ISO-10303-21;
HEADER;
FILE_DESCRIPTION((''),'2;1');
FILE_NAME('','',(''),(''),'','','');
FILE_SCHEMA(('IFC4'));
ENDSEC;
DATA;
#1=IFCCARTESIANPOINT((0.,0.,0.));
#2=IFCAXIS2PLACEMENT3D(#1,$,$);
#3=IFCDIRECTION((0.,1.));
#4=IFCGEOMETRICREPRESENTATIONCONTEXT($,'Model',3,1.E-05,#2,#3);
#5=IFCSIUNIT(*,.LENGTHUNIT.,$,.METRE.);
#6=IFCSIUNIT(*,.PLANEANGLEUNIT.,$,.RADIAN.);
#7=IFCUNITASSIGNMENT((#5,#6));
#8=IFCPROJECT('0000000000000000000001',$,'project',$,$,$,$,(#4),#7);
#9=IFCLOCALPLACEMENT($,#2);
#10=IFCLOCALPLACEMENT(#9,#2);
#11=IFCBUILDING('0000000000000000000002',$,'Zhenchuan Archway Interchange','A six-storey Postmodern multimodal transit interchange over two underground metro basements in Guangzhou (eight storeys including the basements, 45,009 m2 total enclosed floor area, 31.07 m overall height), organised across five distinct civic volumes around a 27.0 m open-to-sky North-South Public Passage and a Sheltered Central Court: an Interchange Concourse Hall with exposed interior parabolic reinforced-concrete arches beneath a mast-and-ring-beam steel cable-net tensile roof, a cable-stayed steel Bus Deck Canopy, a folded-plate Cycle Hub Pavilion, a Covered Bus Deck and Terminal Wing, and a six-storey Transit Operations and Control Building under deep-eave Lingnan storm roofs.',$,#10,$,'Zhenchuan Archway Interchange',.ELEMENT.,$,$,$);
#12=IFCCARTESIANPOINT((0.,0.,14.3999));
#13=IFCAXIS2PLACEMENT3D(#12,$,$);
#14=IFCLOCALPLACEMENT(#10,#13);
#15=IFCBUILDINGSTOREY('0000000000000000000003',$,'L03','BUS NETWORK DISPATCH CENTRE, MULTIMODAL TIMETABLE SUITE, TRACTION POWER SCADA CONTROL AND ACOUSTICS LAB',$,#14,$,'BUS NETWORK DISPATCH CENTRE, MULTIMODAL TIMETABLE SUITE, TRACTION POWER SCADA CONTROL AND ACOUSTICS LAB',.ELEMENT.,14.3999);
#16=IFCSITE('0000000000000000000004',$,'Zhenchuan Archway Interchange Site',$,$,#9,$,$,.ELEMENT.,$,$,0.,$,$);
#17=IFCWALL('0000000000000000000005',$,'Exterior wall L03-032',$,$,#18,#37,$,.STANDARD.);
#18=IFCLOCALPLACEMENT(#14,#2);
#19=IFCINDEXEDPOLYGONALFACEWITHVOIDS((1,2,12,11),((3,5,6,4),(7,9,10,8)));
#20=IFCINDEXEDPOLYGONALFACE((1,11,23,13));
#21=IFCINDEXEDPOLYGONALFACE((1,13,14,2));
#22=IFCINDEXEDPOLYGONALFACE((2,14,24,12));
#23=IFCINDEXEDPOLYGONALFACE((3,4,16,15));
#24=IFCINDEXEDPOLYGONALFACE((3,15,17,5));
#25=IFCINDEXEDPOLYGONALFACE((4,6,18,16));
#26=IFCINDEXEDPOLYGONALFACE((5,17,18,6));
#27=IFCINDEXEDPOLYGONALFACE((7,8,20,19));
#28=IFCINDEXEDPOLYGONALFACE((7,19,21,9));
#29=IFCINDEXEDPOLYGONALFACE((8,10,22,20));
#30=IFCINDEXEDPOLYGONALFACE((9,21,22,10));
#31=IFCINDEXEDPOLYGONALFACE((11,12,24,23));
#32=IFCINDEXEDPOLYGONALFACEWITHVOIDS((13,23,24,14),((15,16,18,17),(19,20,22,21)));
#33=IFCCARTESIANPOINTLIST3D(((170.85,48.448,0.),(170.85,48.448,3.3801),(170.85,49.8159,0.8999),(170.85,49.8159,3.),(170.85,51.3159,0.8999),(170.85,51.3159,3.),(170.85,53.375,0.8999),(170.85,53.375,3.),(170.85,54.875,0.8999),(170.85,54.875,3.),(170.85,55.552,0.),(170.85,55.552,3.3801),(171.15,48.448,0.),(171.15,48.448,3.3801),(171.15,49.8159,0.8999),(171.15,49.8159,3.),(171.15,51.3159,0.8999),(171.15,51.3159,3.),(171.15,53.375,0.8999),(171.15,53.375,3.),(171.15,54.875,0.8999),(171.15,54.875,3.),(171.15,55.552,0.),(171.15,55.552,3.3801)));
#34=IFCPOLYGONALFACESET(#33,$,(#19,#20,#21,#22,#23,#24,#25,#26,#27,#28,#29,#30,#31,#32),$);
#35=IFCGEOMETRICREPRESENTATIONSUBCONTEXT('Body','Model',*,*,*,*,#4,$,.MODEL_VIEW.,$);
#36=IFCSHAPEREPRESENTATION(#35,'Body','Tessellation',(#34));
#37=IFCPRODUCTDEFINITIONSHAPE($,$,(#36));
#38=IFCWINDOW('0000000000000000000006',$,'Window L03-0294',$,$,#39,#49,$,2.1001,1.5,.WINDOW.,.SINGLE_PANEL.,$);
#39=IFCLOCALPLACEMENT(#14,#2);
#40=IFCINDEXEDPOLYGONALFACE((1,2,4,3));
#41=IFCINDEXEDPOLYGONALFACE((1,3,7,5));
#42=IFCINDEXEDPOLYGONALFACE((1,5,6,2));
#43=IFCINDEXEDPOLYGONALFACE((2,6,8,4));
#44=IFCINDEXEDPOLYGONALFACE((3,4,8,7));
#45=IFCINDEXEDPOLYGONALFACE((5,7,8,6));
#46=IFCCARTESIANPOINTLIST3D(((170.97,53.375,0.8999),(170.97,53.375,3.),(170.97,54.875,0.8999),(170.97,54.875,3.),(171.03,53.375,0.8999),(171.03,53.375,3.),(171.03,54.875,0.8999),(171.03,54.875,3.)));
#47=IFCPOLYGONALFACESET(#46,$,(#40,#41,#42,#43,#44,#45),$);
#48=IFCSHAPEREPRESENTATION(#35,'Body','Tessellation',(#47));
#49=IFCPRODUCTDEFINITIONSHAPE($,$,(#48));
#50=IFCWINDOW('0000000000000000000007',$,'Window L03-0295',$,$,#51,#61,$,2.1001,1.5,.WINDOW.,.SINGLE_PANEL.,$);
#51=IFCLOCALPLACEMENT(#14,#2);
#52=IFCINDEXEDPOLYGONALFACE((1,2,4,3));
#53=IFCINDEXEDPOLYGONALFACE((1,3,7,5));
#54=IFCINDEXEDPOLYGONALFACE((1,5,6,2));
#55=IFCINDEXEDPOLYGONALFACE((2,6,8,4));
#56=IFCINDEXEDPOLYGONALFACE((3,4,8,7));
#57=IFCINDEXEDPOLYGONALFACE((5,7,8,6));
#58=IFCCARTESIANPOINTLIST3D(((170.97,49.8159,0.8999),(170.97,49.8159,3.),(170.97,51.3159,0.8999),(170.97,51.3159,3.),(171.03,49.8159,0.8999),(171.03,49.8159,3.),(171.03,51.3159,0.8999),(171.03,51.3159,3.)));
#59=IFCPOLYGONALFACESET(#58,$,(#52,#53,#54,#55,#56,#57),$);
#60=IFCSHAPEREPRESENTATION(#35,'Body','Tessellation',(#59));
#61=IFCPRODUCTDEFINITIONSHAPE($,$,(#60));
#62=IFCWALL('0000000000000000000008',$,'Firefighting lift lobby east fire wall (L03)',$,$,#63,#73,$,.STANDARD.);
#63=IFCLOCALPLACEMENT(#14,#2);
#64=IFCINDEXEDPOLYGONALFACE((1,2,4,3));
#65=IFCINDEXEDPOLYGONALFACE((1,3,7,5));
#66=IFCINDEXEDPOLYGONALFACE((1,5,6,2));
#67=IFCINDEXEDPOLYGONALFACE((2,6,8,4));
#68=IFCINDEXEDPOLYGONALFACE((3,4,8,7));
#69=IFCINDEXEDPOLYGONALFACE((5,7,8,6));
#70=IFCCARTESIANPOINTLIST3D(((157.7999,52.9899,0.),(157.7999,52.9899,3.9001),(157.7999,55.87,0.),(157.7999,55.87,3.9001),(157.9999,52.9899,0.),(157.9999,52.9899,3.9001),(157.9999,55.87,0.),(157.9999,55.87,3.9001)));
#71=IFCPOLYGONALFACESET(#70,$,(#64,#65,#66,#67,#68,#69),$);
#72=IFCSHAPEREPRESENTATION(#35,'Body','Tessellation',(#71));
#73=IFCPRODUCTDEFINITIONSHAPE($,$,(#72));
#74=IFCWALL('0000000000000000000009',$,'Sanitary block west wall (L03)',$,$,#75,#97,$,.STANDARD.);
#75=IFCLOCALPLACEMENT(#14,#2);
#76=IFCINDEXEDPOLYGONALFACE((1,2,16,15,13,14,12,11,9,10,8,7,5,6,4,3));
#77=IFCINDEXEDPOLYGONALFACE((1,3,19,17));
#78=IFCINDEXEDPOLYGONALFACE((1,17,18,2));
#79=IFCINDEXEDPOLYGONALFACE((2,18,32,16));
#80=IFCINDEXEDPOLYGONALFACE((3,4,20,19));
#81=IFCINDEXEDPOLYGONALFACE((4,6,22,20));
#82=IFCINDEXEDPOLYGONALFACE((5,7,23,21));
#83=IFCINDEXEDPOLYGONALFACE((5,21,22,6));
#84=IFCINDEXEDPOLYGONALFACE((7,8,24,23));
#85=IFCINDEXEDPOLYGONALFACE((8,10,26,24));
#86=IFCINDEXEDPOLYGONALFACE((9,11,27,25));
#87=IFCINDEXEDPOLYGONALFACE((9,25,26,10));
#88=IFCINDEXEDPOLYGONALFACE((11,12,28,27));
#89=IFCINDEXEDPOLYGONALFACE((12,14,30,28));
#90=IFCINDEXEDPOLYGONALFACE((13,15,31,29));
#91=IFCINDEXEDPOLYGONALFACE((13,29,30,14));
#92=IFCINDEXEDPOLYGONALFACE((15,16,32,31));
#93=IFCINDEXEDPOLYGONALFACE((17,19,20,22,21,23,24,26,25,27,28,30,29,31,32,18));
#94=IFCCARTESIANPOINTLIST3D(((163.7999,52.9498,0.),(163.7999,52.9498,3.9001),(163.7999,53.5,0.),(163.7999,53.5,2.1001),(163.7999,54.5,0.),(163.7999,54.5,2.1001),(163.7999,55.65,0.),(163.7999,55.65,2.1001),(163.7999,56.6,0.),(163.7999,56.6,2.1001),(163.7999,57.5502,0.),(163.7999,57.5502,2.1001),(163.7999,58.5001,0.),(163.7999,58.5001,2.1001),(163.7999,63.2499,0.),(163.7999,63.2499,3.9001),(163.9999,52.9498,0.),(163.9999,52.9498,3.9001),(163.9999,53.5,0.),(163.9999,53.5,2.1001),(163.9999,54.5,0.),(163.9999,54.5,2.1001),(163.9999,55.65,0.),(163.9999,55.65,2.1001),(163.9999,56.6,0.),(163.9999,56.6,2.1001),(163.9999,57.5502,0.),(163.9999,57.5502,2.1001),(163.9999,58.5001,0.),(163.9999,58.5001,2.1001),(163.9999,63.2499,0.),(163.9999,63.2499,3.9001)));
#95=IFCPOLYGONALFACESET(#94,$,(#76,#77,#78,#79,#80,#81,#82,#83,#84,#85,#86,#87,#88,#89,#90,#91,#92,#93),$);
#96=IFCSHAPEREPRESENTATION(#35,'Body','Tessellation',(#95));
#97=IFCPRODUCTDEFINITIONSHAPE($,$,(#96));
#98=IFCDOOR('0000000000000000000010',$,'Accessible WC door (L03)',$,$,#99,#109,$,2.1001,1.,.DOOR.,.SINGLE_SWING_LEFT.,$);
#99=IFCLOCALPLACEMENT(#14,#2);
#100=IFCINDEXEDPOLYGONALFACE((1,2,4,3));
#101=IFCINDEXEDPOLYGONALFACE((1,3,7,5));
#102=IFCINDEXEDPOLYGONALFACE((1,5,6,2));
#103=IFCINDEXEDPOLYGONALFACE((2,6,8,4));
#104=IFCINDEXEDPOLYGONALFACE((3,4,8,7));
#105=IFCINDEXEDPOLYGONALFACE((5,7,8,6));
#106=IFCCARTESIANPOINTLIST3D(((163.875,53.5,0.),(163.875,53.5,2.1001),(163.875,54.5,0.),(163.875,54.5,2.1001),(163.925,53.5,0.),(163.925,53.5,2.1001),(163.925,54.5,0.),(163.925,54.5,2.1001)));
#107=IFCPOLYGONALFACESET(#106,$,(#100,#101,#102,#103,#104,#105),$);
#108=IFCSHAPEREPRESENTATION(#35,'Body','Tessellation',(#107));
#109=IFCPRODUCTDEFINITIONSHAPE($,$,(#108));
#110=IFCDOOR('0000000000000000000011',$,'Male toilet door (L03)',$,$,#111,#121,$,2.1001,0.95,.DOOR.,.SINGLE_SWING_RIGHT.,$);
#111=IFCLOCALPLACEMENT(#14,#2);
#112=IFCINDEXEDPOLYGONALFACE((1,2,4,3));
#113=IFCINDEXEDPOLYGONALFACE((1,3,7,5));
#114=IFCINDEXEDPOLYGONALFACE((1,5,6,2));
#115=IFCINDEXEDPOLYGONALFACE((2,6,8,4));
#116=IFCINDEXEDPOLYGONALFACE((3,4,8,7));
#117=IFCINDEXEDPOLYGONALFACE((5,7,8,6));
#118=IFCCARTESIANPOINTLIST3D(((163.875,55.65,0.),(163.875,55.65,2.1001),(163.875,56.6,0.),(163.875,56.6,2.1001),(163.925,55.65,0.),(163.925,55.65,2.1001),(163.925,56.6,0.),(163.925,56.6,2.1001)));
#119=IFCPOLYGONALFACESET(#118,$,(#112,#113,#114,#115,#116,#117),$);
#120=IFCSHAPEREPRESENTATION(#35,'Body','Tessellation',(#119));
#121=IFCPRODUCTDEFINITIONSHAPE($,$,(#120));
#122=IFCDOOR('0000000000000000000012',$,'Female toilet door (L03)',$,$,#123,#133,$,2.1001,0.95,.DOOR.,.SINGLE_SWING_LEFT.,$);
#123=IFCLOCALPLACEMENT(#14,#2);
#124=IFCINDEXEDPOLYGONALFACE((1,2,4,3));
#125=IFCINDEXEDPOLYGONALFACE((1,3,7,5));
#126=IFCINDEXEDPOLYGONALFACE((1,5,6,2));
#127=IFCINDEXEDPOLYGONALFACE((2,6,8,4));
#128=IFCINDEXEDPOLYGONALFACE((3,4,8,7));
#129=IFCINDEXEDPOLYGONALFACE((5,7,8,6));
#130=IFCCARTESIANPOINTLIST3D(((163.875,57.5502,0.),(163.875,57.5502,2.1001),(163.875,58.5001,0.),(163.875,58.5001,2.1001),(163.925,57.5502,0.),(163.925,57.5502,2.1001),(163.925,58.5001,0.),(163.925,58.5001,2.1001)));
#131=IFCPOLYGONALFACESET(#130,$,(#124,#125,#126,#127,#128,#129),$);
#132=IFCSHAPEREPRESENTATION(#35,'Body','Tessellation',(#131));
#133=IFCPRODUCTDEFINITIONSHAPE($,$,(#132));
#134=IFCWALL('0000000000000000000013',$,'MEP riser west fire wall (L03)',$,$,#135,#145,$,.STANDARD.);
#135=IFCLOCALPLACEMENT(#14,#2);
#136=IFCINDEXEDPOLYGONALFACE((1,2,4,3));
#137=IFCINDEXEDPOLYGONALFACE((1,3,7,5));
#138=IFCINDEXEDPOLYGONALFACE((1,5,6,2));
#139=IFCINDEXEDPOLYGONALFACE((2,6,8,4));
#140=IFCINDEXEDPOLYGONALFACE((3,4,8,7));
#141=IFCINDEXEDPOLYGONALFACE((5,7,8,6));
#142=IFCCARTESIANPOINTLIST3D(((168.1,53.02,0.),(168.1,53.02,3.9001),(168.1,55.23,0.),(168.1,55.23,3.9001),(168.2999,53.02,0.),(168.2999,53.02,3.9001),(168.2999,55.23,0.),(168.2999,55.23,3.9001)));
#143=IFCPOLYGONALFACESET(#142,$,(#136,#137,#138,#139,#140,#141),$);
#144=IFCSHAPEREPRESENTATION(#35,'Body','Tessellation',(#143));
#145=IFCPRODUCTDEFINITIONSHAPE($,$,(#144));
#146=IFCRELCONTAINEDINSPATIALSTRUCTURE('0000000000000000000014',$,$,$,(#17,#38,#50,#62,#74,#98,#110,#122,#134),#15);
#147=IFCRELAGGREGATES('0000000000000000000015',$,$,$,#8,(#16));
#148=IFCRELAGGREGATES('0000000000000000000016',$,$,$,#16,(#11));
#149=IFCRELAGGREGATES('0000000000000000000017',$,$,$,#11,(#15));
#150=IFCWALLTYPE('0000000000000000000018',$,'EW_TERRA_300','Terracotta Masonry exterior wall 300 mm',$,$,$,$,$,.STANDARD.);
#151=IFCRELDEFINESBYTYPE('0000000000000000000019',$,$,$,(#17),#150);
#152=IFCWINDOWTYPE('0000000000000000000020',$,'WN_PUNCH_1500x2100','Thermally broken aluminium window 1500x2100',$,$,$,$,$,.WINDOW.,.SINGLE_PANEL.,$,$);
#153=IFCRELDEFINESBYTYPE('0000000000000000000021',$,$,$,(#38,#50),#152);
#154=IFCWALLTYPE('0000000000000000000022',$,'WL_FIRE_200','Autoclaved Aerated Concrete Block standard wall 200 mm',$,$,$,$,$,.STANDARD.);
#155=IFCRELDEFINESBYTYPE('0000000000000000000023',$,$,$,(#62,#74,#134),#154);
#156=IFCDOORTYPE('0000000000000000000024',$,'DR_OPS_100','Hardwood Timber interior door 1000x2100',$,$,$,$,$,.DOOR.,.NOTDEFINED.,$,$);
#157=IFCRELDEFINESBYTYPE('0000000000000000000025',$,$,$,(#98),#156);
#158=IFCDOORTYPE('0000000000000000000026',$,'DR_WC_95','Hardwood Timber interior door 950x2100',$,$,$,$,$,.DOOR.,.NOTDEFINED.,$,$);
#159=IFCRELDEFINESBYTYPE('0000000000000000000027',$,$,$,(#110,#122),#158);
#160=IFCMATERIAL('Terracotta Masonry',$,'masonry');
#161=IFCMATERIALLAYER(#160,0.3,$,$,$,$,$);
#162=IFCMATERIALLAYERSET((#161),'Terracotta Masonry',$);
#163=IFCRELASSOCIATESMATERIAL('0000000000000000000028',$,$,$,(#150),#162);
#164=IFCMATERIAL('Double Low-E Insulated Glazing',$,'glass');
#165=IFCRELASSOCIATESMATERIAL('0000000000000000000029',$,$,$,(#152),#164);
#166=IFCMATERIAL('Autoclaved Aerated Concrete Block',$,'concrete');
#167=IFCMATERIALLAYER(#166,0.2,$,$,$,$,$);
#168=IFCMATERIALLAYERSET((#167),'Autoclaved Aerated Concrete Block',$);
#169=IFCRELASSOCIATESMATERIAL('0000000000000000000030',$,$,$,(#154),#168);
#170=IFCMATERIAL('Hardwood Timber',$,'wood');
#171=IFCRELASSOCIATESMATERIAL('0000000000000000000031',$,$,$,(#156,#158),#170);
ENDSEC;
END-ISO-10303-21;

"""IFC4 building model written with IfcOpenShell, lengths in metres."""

from ifc_helpers import new_model, si_unit, direction, frame, frame_2d, origin, place, context, subcontext, project, spatial, rectangle, extrude, material, layer, layer_set, type_object, element, fill, save


model = new_model("IFC4")

# Units and contexts
model_context = context("Model", 3, precision=1e-05, world=origin(), true_north=direction((0.0, 1.0)))
body_context = subcontext(model_context, "Body", "Model", "MODEL_VIEW")
ifc_project = project(units=[si_unit("LENGTHUNIT", "METRE"), si_unit("PLANEANGLEUNIT", "RADIAN")], contexts=[model_context])

# Site, building, storey
site_placement = place(None, origin())
site = spatial("IfcSite", under=ifc_project, at=site_placement, Name="Zhenchuan Archway Interchange Site", CompositionType="ELEMENT", RefElevation=0.0)
building_placement = place(site_placement, origin())
building = spatial("IfcBuilding", under=site, at=building_placement, Name="Zhenchuan Archway Interchange", Description="A six-storey Postmodern multimodal transit interchange over two underground metro basements in Guangzhou (eight storeys including the basements, 45,009 m2 total enclosed floor area, 31.07 m overall height), organised across five distinct civic volumes around a 27.0 m open-to-sky North-South Public Passage and a Sheltered Central Court: an Interchange Concourse Hall with exposed interior parabolic reinforced-concrete arches beneath a mast-and-ring-beam steel cable-net tensile roof, a cable-stayed steel Bus Deck Canopy, a folded-plate Cycle Hub Pavilion, a Covered Bus Deck and Terminal Wing, and a six-storey Transit Operations and Control Building under deep-eave Lingnan storm roofs.", LongName="Zhenchuan Archway Interchange", CompositionType="ELEMENT")
storey_placement = place(building_placement, frame((0.0, 0.0, 14.3999)))
storey = spatial("IfcBuildingStorey", under=building, at=storey_placement, Name="L03", Description="BUS NETWORK DISPATCH CENTRE, MULTIMODAL TIMETABLE SUITE, TRACTION POWER SCADA CONTROL AND ACOUSTICS LAB", LongName="BUS NETWORK DISPATCH CENTRE, MULTIMODAL TIMETABLE SUITE, TRACTION POWER SCADA CONTROL AND ACOUSTICS LAB", CompositionType="ELEMENT", Elevation=14.3999)

# Wall, openings, windows
ifc_material_1 = material(Name="Terracotta Masonry", Category="masonry")
ifc_layer_1 = layer(ifc_material_1, 0.3)
ifc_layer_set_1 = layer_set([ifc_layer_1], Name="Terracotta Masonry")
wall_type_1 = type_object("IfcWallType", Name="EW_TERRA_300", Description="Terracotta Masonry exterior wall 300 mm", PredefinedType="STANDARD", material=ifc_layer_set_1)
wall_1_placement = place(storey_placement, frame((171.0, 55.552, 0.0), z_axis=(0.0, 0.0, 1.0), x_axis=(0.0, -1.0, 0.0)))
wall_1 = element("IfcWall", 1, at=wall_1_placement, inside=storey, type_object=wall_type_1, Name="Exterior wall L03-032", PredefinedType="STANDARD", context=body_context, shape_type="SweptSolid", body=[
    extrude(rectangle(XDim=7.104, YDim=0.3, at=frame_2d((3.552, 0.0))), origin(), (0.0, 0.0, 1.0), 3.3801),
])
opening_1_placement = place(wall_1_placement, frame((0.677, 0.0, 0.8999)))
opening_1 = element("IfcOpeningElement", 2, at=opening_1_placement, cuts=wall_1, PredefinedType="OPENING", context=body_context, shape_type="SweptSolid", body=[
    extrude(rectangle(XDim=1.5, YDim=2.1001, at=frame_2d((0.75, 1.05))), frame((0.0, 0.1621, 0.0), z_axis=(0.0, -1.0, 0.0), x_axis=(1.0, 0.0, 0.0)), (0.0, 0.0, 1.0), 0.324),
])
opening_2_placement = place(wall_1_placement, frame((4.2361, 0.0, 0.8999)))
opening_2 = element("IfcOpeningElement", 3, at=opening_2_placement, cuts=wall_1, PredefinedType="OPENING", context=body_context, shape_type="SweptSolid", body=[
    extrude(rectangle(XDim=1.5, YDim=2.1001, at=frame_2d((0.75, 1.05))), frame((0.0, 0.1621, 0.0), z_axis=(0.0, -1.0, 0.0), x_axis=(1.0, 0.0, 0.0)), (0.0, 0.0, 1.0), 0.324),
])
ifc_material_2 = material(Name="Double Low-E Insulated Glazing", Category="glass")
window_type = type_object("IfcWindowType", Name="WN_PUNCH_1500x2100", Description="Thermally broken aluminium window 1500x2100", PartitioningType="SINGLE_PANEL", PredefinedType="WINDOW", material=ifc_material_2)
window_1_placement = place(opening_1_placement, origin())
window_1 = element("IfcWindow", 4, at=window_1_placement, inside=storey, type_object=window_type, Name="Window L03-0294", OverallHeight=2.1001, OverallWidth=1.5, PartitioningType="SINGLE_PANEL", PredefinedType="WINDOW", context=body_context, shape_type="SweptSolid", body=[
    extrude(rectangle(XDim=1.5, YDim=2.1001, at=frame_2d((0.75, 1.05))), frame((0.0, 0.03, 0.0), z_axis=(0.0, -1.0, 0.0), x_axis=(1.0, 0.0, 0.0)), (0.0, 0.0, 1.0), 0.0601),
])
fill(opening_1, window_1)
window_2_placement = place(opening_2_placement, origin())
window_2 = element("IfcWindow", 5, at=window_2_placement, inside=storey, type_object=window_type, Name="Window L03-0295", OverallHeight=2.1001, OverallWidth=1.5, PartitioningType="SINGLE_PANEL", PredefinedType="WINDOW", context=body_context, shape_type="SweptSolid", body=[
    extrude(rectangle(XDim=1.5, YDim=2.1001, at=frame_2d((0.75, 1.05))), frame((0.0, 0.03, 0.0), z_axis=(0.0, -1.0, 0.0), x_axis=(1.0, 0.0, 0.0)), (0.0, 0.0, 1.0), 0.0601),
])
fill(opening_2, window_2)

# Wall
ifc_material_3 = material(Name="Autoclaved Aerated Concrete Block", Category="concrete")
ifc_layer_2 = layer(ifc_material_3, 0.2)
ifc_layer_set_2 = layer_set([ifc_layer_2], Name="Autoclaved Aerated Concrete Block")
wall_type_2 = type_object("IfcWallType", Name="WL_FIRE_200", Description="Autoclaved Aerated Concrete Block standard wall 200 mm", PredefinedType="STANDARD", material=ifc_layer_set_2)
wall_2_placement = place(storey_placement, frame((157.8999, 52.99, 0.0), z_axis=(0.0, 0.0, 1.0), x_axis=(0.0, 1.0, 0.0)))
element("IfcWall", 6, at=wall_2_placement, inside=storey, type_object=wall_type_2, Name="Firefighting lift lobby east fire wall (L03)", PredefinedType="STANDARD", context=body_context, shape_type="SweptSolid", body=[
    extrude(rectangle(XDim=2.8801, YDim=0.2, at=frame_2d((1.4399, 0.0))), origin(), (0.0, 0.0, 1.0), 3.9001),
])

# Wall, openings, doors
wall_3_placement = place(storey_placement, frame((163.8999, 52.95, 0.0), z_axis=(0.0, 0.0, 1.0), x_axis=(0.0, 1.0, 0.0)))
wall_3 = element("IfcWall", 7, at=wall_3_placement, inside=storey, type_object=wall_type_2, Name="Sanitary block west wall (L03)", PredefinedType="STANDARD", context=body_context, shape_type="SweptSolid", body=[
    extrude(rectangle(XDim=10.3, YDim=0.2, at=frame_2d((5.1499, 0.0))), origin(), (0.0, 0.0, 1.0), 3.9001),
])
opening_3_placement = place(wall_3_placement, frame((0.55, 0.0, 0.0)))
opening_3 = element("IfcOpeningElement", 8, at=opening_3_placement, cuts=wall_3, PredefinedType="OPENING", context=body_context, shape_type="SweptSolid", body=[
    extrude(rectangle(XDim=1.0, YDim=2.1001, at=frame_2d((0.5, 1.05))), frame((0.0, 0.1118, 0.0), z_axis=(0.0, -1.0, 0.0), x_axis=(1.0, 0.0, 0.0)), (0.0, 0.0, 1.0), 0.2239),
])
opening_4_placement = place(wall_3_placement, frame((2.7, 0.0, 0.0)))
opening_4 = element("IfcOpeningElement", 9, at=opening_4_placement, cuts=wall_3, PredefinedType="OPENING", context=body_context, shape_type="SweptSolid", body=[
    extrude(rectangle(XDim=0.95, YDim=2.1001, at=frame_2d((0.4751, 1.05))), frame((0.0, 0.1118, 0.0), z_axis=(0.0, -1.0, 0.0), x_axis=(1.0, 0.0, 0.0)), (0.0, 0.0, 1.0), 0.2239),
])
opening_5_placement = place(wall_3_placement, frame((4.6001, 0.0, 0.0)))
opening_5 = element("IfcOpeningElement", 10, at=opening_5_placement, cuts=wall_3, PredefinedType="OPENING", context=body_context, shape_type="SweptSolid", body=[
    extrude(rectangle(XDim=0.95, YDim=2.1001, at=frame_2d((0.4751, 1.05))), frame((0.0, 0.1118, 0.0), z_axis=(0.0, -1.0, 0.0), x_axis=(1.0, 0.0, 0.0)), (0.0, 0.0, 1.0), 0.2239),
])
ifc_material_4 = material(Name="Hardwood Timber", Category="wood")
door_type_1 = type_object("IfcDoorType", Name="DR_OPS_100", Description="Hardwood Timber interior door 1000x2100", OperationType="NOTDEFINED", PredefinedType="DOOR", material=ifc_material_4)
door_1_placement = place(opening_3_placement, origin())
door_1 = element("IfcDoor", 11, at=door_1_placement, inside=storey, type_object=door_type_1, Name="Accessible WC door (L03)", OperationType="SINGLE_SWING_LEFT", OverallHeight=2.1001, OverallWidth=1.0, PredefinedType="DOOR", context=body_context, shape_type="SweptSolid", body=[
    extrude(rectangle(XDim=1.0, YDim=2.1001, at=frame_2d((0.5, 1.05))), frame((0.0, 0.0249, 0.0), z_axis=(0.0, -1.0, 0.0), x_axis=(1.0, 0.0, 0.0)), (0.0, 0.0, 1.0), 0.05),
])
fill(opening_3, door_1)
door_type_2 = type_object("IfcDoorType", Name="DR_WC_95", Description="Hardwood Timber interior door 950x2100", OperationType="NOTDEFINED", PredefinedType="DOOR", material=ifc_material_4)
door_2_placement = place(opening_4_placement, origin())
door_2 = element("IfcDoor", 12, at=door_2_placement, inside=storey, type_object=door_type_2, Name="Male toilet door (L03)", OperationType="SINGLE_SWING_RIGHT", OverallHeight=2.1001, OverallWidth=0.95, PredefinedType="DOOR", context=body_context, shape_type="SweptSolid", body=[
    extrude(rectangle(XDim=0.95, YDim=2.1001, at=frame_2d((0.4751, 1.05))), frame((0.0, 0.0249, 0.0), z_axis=(0.0, -1.0, 0.0), x_axis=(1.0, 0.0, 0.0)), (0.0, 0.0, 1.0), 0.05),
])
fill(opening_4, door_2)
door_3_placement = place(opening_5_placement, origin())
door_3 = element("IfcDoor", 13, at=door_3_placement, inside=storey, type_object=door_type_2, Name="Female toilet door (L03)", OperationType="SINGLE_SWING_LEFT", OverallHeight=2.1001, OverallWidth=0.95, PredefinedType="DOOR", context=body_context, shape_type="SweptSolid", body=[
    extrude(rectangle(XDim=0.95, YDim=2.1001, at=frame_2d((0.4751, 1.05))), frame((0.0, 0.0249, 0.0), z_axis=(0.0, -1.0, 0.0), x_axis=(1.0, 0.0, 0.0)), (0.0, 0.0, 1.0), 0.05),
])
fill(opening_5, door_3)

# Wall
wall_4_placement = place(storey_placement, frame((168.2, 53.02, 0.0), z_axis=(0.0, 0.0, 1.0), x_axis=(0.0, 1.0, 0.0)))
element("IfcWall", 14, at=wall_4_placement, inside=storey, type_object=wall_type_2, Name="MEP riser west fire wall (L03)", PredefinedType="STANDARD", context=body_context, shape_type="SweptSolid", body=[
    extrude(rectangle(XDim=2.21, YDim=0.2, at=frame_2d((1.105, 0.0))), origin(), (0.0, 0.0, 1.0), 3.9001),
])

save(model, "model.ifc")
